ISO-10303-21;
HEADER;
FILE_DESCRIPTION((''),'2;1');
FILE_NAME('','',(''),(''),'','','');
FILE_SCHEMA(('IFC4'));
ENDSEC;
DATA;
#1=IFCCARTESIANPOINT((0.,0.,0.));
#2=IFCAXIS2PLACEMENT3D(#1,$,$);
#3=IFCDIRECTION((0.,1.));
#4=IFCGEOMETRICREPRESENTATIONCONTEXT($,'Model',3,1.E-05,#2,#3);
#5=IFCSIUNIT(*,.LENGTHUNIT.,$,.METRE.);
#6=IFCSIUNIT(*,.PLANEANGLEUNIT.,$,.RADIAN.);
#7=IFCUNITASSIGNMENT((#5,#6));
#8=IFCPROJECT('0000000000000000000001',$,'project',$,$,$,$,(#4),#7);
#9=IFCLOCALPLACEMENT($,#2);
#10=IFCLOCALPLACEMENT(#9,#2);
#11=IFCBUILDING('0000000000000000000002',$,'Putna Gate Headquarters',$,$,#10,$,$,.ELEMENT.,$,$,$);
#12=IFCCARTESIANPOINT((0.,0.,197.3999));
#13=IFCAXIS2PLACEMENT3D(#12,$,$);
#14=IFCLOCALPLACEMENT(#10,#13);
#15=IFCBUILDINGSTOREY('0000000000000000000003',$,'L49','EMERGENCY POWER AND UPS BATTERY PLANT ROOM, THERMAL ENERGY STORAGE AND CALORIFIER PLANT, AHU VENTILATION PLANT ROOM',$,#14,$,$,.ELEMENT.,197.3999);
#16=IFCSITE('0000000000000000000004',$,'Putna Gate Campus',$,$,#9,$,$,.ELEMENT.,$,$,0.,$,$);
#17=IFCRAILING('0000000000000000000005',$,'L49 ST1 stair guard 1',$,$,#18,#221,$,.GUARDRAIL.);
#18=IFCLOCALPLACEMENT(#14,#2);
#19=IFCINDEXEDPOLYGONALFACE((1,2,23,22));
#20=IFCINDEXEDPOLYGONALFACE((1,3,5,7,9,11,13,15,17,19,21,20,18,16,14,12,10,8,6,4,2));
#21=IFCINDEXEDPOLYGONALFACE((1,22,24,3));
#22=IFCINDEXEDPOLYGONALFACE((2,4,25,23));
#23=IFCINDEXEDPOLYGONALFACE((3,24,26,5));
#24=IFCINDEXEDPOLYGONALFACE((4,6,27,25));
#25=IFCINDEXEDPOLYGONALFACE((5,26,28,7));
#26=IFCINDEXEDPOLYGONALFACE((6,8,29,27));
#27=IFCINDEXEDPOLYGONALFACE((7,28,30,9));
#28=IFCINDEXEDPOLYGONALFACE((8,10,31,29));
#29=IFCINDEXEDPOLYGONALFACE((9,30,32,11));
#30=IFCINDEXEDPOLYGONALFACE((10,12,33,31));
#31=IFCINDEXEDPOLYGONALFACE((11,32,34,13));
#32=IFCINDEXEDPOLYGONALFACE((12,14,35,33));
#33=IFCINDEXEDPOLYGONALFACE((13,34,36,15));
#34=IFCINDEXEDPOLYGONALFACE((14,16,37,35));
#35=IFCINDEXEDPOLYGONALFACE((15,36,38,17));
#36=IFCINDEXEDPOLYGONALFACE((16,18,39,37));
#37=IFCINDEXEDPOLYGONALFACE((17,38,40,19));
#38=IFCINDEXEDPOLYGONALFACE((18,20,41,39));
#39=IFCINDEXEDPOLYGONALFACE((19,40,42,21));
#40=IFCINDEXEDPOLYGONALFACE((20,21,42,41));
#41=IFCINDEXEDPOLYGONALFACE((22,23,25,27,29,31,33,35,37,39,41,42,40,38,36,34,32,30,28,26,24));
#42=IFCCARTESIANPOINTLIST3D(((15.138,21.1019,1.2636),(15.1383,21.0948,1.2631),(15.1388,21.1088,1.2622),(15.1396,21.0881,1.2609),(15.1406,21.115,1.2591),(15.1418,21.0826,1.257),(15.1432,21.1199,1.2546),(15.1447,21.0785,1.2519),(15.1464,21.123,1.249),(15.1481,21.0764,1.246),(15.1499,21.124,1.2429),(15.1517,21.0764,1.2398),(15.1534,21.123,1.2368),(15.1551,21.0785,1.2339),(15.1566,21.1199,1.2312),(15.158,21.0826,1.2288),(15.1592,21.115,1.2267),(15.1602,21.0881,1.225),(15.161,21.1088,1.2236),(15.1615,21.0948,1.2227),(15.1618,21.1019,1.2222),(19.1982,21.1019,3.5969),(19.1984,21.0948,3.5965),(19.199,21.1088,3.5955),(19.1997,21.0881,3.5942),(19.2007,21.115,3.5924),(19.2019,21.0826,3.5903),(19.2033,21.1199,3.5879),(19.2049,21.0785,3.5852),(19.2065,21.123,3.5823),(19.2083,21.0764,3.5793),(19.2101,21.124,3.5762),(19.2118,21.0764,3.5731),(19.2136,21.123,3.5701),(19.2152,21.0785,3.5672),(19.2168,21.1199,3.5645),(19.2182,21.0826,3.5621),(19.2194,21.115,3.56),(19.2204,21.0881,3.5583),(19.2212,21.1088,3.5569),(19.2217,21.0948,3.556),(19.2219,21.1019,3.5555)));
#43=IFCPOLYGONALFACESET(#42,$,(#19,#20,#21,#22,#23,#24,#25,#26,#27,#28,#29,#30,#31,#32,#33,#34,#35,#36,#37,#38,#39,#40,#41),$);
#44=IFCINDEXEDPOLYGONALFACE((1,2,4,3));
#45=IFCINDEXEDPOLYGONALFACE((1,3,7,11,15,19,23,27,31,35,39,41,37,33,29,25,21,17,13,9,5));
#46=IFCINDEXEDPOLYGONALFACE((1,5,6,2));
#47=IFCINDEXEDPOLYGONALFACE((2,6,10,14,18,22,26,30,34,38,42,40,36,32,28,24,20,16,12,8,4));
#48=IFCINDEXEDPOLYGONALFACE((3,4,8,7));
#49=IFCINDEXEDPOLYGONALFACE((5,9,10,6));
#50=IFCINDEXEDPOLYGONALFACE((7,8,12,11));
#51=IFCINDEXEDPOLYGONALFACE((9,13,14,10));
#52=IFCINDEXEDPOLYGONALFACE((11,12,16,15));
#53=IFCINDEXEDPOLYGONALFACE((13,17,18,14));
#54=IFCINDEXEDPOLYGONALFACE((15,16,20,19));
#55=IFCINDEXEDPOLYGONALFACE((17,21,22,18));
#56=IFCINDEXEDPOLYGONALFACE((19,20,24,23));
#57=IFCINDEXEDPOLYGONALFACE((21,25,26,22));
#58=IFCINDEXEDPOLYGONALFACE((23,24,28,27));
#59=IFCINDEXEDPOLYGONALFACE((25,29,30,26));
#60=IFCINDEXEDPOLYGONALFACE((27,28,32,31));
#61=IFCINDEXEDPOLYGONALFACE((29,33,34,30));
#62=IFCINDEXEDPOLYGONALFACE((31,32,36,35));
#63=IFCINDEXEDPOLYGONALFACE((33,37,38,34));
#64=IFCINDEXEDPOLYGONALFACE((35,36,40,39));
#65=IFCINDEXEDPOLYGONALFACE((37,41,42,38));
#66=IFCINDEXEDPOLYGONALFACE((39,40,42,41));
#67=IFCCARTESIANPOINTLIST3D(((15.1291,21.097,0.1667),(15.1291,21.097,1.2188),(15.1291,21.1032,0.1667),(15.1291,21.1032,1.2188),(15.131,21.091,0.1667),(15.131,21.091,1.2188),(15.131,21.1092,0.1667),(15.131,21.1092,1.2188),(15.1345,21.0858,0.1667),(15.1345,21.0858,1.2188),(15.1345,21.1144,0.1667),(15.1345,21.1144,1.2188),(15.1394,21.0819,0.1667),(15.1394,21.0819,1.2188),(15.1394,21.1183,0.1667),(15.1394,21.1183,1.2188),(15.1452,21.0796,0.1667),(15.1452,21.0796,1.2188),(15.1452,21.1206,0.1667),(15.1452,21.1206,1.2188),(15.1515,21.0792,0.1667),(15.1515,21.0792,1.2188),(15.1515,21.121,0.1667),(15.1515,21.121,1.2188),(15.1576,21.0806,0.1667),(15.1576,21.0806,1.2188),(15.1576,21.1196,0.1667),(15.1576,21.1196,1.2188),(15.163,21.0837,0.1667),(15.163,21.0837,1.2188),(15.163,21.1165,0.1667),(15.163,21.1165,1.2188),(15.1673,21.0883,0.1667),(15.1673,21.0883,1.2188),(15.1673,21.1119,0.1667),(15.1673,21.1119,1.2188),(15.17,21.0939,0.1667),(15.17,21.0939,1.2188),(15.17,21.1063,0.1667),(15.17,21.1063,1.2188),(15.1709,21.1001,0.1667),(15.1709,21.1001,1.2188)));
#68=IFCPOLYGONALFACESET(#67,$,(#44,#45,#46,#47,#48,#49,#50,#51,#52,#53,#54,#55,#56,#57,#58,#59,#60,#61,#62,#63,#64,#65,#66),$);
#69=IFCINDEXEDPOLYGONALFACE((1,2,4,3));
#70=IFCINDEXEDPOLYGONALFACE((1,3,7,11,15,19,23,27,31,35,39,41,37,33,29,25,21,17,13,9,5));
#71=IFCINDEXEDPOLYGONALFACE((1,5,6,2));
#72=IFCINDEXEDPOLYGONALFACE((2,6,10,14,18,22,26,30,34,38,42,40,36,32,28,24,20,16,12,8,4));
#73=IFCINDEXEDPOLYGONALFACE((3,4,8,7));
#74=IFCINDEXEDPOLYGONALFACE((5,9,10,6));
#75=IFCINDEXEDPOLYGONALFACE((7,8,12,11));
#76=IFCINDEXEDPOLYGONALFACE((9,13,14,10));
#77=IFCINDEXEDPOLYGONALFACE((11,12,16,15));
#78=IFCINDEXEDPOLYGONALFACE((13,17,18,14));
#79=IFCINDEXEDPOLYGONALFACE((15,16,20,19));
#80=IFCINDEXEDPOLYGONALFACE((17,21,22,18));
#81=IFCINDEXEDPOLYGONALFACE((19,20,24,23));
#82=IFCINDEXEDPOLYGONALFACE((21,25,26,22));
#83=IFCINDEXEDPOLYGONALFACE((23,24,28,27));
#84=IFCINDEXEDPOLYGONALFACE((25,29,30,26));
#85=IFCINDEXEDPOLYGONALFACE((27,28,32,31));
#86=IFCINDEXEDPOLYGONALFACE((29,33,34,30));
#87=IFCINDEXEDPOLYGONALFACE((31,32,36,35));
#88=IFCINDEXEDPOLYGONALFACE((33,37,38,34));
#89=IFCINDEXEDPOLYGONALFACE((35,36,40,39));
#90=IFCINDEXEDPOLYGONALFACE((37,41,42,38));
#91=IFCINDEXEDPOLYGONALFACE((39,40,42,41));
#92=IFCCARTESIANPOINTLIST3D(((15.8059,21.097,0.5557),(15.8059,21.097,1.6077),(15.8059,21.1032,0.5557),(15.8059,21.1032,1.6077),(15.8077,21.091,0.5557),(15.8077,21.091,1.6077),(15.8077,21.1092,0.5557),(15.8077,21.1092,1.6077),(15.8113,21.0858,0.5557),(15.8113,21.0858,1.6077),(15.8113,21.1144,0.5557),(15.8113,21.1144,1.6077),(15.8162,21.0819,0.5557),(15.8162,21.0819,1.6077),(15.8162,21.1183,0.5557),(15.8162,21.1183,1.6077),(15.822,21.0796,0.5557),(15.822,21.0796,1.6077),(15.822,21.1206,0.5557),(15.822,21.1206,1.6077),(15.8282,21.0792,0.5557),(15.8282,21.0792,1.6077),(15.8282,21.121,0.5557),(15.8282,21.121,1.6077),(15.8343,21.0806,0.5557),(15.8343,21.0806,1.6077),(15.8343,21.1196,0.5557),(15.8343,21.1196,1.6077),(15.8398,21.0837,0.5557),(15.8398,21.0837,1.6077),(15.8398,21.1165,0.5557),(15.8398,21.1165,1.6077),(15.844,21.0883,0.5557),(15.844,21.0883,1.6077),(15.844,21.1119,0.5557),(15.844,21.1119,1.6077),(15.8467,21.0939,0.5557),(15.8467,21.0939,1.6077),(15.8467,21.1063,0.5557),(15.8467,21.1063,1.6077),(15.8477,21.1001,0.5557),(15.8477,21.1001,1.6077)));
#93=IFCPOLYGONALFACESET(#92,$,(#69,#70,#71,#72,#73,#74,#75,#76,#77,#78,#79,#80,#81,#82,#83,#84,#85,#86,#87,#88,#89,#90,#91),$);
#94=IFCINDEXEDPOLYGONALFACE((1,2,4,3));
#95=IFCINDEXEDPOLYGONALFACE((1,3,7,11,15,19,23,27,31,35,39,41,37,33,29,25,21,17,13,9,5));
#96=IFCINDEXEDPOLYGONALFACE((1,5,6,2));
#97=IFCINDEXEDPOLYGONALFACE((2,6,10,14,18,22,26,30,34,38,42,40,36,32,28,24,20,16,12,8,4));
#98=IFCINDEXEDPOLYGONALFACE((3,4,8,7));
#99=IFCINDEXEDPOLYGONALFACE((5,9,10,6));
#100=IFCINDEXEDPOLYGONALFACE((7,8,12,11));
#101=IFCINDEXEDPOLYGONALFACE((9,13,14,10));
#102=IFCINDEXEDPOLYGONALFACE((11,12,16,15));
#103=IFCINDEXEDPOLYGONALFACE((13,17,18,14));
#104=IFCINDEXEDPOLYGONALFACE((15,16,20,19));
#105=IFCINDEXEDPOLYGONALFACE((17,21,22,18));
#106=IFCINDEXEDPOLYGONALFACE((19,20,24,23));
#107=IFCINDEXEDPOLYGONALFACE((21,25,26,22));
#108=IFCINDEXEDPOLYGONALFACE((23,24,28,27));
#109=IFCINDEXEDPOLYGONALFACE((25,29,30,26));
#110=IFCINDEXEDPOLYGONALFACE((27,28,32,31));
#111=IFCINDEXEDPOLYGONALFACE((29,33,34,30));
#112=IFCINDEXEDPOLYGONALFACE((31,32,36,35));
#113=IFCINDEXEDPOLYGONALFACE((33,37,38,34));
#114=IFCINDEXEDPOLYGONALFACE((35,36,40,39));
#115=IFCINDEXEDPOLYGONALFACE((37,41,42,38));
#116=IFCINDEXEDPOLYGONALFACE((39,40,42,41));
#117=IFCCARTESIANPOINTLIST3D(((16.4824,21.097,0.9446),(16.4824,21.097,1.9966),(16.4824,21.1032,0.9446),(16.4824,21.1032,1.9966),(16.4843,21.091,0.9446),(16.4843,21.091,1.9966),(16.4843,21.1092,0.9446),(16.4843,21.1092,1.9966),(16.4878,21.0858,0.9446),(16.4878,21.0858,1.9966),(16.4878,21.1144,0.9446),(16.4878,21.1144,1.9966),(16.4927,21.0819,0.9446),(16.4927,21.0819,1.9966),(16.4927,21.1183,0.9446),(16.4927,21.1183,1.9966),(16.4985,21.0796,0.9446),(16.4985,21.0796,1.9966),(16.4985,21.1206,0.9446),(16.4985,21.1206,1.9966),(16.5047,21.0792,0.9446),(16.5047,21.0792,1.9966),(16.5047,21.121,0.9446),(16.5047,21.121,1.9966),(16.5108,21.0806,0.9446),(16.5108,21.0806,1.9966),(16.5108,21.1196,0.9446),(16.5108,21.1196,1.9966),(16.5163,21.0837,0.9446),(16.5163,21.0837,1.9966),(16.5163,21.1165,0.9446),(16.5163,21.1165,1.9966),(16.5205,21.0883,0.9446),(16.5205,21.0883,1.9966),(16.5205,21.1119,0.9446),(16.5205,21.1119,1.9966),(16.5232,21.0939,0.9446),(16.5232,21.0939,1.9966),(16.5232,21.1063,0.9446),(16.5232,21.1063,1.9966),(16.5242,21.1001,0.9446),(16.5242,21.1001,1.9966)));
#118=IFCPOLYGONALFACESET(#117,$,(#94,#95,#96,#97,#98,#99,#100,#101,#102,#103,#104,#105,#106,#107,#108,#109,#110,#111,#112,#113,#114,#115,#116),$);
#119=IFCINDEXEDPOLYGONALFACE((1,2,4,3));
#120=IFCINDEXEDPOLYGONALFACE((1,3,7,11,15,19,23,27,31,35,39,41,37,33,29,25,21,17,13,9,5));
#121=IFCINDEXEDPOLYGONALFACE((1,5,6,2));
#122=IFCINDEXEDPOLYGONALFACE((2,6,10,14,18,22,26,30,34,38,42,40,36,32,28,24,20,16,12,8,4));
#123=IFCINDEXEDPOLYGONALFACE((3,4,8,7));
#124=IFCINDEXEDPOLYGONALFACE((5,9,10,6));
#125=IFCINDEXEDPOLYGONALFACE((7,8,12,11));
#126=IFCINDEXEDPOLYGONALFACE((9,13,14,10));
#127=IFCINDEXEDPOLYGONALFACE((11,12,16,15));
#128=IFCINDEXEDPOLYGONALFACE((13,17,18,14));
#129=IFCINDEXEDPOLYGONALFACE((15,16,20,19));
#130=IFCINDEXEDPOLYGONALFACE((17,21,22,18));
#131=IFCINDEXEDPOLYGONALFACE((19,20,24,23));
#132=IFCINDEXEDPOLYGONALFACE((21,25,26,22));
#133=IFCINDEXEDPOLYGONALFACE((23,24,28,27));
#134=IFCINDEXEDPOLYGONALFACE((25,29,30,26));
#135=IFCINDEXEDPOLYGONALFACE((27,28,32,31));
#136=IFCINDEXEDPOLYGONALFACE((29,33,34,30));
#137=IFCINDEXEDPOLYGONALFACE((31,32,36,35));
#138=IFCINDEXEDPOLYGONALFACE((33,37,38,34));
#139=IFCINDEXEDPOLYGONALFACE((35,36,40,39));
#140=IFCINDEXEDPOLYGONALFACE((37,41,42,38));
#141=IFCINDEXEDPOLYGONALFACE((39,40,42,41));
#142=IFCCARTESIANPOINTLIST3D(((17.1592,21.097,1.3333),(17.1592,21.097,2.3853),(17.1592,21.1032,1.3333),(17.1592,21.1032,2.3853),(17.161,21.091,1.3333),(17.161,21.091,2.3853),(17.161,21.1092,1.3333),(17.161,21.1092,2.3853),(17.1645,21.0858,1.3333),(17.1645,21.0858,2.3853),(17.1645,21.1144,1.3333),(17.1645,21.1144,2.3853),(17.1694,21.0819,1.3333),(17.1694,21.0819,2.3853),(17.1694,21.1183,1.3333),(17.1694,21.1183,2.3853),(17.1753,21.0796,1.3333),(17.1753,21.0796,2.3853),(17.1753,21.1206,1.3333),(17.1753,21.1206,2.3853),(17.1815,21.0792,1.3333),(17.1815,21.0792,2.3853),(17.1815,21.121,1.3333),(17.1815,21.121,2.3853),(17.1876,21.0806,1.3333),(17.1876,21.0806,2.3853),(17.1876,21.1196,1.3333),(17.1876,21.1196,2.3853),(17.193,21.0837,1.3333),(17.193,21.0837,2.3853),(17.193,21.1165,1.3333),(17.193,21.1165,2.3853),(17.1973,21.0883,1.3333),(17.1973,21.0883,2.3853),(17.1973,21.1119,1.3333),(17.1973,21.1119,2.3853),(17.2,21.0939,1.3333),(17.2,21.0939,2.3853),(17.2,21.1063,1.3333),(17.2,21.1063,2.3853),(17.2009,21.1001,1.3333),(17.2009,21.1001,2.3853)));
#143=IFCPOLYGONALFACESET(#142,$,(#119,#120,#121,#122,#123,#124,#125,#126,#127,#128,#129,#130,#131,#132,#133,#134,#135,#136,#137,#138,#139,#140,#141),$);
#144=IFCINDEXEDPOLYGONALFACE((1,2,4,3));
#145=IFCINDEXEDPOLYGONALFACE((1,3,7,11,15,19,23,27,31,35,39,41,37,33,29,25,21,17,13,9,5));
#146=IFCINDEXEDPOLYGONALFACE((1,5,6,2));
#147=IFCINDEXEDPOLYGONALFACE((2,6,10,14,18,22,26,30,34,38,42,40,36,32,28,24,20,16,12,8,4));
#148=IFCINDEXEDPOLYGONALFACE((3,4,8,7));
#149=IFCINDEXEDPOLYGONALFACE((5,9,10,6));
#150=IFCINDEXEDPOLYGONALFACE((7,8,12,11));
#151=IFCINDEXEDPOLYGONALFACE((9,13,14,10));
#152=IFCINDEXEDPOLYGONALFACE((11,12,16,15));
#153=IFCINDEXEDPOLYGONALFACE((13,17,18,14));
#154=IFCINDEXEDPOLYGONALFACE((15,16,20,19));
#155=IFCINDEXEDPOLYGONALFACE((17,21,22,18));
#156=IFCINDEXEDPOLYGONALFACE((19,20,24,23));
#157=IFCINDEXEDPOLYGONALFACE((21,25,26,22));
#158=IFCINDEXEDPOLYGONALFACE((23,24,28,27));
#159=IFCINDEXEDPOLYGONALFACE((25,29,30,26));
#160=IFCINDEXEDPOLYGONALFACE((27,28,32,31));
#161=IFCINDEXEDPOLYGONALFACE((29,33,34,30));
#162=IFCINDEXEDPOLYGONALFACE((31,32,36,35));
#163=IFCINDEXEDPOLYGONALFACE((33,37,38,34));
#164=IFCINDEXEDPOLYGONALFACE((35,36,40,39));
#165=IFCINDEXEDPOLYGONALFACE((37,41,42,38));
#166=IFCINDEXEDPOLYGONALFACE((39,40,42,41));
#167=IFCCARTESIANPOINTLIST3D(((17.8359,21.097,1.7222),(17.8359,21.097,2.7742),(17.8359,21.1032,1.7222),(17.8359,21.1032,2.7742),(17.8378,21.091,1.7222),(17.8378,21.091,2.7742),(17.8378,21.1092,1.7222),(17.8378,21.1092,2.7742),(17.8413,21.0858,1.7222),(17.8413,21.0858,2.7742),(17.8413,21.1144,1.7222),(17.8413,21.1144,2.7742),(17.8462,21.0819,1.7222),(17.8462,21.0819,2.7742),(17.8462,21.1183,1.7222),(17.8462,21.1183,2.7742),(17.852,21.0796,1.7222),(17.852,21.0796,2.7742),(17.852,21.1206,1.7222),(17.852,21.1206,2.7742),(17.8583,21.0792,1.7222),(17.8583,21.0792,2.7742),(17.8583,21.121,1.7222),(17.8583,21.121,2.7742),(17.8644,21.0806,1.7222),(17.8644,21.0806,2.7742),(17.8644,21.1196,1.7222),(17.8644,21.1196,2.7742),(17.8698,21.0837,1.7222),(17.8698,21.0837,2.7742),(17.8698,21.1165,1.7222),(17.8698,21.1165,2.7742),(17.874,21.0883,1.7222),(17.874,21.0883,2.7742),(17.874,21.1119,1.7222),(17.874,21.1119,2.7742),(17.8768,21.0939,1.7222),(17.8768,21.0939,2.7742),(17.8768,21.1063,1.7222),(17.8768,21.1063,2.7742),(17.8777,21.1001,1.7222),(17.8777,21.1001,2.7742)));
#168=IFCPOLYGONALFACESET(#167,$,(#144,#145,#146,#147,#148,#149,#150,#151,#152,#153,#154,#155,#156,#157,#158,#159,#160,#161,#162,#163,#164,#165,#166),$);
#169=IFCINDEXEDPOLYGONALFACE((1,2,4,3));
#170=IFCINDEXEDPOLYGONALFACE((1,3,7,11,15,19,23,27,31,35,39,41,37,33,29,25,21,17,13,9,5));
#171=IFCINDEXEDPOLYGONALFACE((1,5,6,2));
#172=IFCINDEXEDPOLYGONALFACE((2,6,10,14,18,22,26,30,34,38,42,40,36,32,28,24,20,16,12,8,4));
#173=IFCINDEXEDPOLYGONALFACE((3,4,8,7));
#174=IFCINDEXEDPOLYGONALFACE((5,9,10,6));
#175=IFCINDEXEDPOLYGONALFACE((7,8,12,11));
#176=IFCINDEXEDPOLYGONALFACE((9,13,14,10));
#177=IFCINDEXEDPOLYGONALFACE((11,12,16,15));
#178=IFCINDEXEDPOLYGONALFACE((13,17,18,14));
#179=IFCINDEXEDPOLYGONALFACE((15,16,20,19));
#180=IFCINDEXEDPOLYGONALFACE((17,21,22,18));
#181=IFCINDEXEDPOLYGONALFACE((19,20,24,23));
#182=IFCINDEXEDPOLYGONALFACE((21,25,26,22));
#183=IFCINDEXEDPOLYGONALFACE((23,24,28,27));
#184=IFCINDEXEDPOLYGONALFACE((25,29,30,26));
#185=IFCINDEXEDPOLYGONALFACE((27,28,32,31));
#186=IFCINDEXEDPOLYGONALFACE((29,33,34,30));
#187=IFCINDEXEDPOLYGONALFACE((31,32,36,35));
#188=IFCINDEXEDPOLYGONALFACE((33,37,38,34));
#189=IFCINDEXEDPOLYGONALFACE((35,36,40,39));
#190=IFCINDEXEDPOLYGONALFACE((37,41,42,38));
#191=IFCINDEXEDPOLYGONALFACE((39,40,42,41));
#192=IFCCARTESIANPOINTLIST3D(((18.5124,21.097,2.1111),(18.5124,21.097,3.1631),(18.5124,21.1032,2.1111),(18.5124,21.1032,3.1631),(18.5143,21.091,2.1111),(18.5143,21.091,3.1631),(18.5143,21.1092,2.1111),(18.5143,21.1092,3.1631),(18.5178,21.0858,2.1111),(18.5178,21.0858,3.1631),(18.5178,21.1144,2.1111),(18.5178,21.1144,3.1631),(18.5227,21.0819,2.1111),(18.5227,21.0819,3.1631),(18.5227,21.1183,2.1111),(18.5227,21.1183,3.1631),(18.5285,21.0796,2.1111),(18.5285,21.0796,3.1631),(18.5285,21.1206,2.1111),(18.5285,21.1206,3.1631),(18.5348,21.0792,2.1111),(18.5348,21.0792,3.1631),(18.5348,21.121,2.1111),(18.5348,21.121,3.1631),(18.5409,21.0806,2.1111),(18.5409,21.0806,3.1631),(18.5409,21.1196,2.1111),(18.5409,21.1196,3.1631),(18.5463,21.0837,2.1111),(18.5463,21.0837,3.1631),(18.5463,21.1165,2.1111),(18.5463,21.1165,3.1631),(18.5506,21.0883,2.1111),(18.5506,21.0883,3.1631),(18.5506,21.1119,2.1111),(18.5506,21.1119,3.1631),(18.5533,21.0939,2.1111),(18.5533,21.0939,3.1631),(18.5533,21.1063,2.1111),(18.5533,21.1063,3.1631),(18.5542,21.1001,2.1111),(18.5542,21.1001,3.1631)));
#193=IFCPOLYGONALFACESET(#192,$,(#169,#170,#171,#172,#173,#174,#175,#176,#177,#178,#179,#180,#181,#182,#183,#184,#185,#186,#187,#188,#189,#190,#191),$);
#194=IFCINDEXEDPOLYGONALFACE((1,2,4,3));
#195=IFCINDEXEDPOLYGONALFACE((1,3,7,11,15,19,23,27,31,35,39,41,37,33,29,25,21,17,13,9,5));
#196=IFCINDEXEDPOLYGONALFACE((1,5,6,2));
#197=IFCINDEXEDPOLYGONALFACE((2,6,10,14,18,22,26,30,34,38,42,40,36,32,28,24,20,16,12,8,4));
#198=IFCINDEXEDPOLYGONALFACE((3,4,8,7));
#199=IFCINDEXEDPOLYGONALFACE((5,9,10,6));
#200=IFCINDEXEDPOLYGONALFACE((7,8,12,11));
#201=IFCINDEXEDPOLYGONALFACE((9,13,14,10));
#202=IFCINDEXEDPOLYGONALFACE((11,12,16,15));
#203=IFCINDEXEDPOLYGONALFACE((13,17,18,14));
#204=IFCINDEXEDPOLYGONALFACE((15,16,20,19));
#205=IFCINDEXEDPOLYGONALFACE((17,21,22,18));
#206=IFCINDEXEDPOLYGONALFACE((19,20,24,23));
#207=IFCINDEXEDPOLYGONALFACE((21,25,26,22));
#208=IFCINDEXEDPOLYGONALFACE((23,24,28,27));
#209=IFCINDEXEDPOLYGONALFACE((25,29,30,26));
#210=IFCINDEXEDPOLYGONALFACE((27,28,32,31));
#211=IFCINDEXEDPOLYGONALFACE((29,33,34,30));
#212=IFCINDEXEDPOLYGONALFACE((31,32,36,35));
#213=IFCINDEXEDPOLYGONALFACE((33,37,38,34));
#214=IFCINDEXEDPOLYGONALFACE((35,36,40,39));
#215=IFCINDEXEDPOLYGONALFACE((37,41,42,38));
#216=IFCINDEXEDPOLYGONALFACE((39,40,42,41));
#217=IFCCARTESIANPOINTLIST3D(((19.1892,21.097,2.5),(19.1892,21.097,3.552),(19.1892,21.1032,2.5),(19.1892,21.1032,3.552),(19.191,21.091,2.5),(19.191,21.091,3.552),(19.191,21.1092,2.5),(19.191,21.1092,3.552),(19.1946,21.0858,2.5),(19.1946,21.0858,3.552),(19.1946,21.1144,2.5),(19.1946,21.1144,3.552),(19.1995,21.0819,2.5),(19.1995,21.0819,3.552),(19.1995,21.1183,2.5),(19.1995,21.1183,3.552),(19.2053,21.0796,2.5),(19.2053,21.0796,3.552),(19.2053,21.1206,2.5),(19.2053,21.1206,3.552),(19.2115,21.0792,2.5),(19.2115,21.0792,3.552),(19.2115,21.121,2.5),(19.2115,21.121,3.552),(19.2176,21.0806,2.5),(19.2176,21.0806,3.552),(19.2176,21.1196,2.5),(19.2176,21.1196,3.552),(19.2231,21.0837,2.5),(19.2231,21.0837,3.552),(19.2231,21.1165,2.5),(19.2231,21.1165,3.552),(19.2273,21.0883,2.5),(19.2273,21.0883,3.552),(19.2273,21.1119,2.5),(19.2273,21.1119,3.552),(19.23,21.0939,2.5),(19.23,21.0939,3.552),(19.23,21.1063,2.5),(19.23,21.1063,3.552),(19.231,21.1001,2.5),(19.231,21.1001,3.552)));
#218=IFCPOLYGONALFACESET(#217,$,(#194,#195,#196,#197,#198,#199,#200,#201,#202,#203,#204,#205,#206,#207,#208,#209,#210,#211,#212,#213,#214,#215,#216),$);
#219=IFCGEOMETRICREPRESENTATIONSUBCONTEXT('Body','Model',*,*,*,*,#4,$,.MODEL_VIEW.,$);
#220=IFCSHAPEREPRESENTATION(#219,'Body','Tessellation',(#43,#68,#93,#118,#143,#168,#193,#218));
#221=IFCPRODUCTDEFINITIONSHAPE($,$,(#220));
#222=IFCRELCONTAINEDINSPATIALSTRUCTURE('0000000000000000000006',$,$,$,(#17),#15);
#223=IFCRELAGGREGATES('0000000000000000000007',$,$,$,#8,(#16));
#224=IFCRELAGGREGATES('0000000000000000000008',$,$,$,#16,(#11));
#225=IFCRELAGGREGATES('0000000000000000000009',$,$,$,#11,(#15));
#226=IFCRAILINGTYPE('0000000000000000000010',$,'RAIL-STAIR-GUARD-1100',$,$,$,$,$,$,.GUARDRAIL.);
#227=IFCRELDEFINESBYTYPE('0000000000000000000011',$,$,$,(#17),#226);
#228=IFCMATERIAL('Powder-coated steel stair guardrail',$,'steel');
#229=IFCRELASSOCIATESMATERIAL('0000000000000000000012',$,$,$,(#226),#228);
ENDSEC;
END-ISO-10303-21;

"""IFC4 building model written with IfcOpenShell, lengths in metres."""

from ifc_helpers import new_model, si_unit, direction, frame, origin, origin_2d, place, context, subcontext, project, spatial, circle, extrude, material, type_object, element, save


model = new_model("IFC4")

# Units and contexts
model_context = context("Model", 3, precision=1e-05, world=origin(), true_north=direction((0.0, 1.0)))
body_context = subcontext(model_context, "Body", "Model", "MODEL_VIEW")
ifc_project = project(units=[si_unit("LENGTHUNIT", "METRE"), si_unit("PLANEANGLEUNIT", "RADIAN")], contexts=[model_context])

# Site, building, storey
site_placement = place(None, origin())
site = spatial("IfcSite", under=ifc_project, at=site_placement, Name="Putna Gate Campus", CompositionType="ELEMENT", RefElevation=0.0)
building_placement = place(site_placement, origin())
building = spatial("IfcBuilding", under=site, at=building_placement, Name="Putna Gate Headquarters", CompositionType="ELEMENT")
storey_placement = place(building_placement, frame((0.0, 0.0, 197.3999)))
storey = spatial("IfcBuildingStorey", under=building, at=storey_placement, Name="L49", Description="EMERGENCY POWER AND UPS BATTERY PLANT ROOM, THERMAL ENERGY STORAGE AND CALORIFIER PLANT, AHU VENTILATION PLANT ROOM", CompositionType="ELEMENT", Elevation=197.3999)

# Railing
ifc_material_1 = material(Name="Powder-coated steel stair guardrail", Category="steel")
railing_type_1 = type_object("IfcRailingType", Name="RAIL-STAIR-GUARD-1100", PredefinedType="GUARDRAIL", material=ifc_material_1)
railing_1_placement = place(storey_placement, frame((15.1499, 21.1001, 0.1667)))
element("IfcRailing", 1, at=railing_1_placement, inside=storey, type_object=railing_type_1, Name="L49 ST1 stair guard 1", PredefinedType="GUARDRAIL", context=body_context, shape_type="SweptSolid", body=[
    extrude(circle(Radius=0.0239, at=origin_2d()), frame((0.0, 0.0, 1.0762), z_axis=(0.867025, 0.0, 0.498265), x_axis=(0.0, 1.0, 0.0)), (0.0, 0.0, 1.0), 4.6829),
    extrude(circle(Radius=0.021, at=origin_2d()), origin(), (0.0, 0.0, 1.0), 1.052),
    extrude(circle(Radius=0.021, at=origin_2d()), frame((0.6768, 0.0, 0.3889)), (0.0, 0.0, 1.0), 1.052),
    extrude(circle(Radius=0.021, at=origin_2d()), frame((1.3533, 0.0, 0.7778)), (0.0, 0.0, 1.0), 1.052),
    extrude(circle(Radius=0.021, at=origin_2d()), frame((2.03, 0.0, 1.1665)), (0.0, 0.0, 1.0), 1.052),
    extrude(circle(Radius=0.021, at=origin_2d()), frame((2.7068, 0.0, 1.5554)), (0.0, 0.0, 1.0), 1.052),
    extrude(circle(Radius=0.021, at=origin_2d()), frame((3.3833, 0.0, 1.9443)), (0.0, 0.0, 1.0), 1.052),
    extrude(circle(Radius=0.021, at=origin_2d()), frame((4.0601, 0.0, 2.3333)), (0.0, 0.0, 1.0), 1.052),
])

save(model, "model.ifc")
